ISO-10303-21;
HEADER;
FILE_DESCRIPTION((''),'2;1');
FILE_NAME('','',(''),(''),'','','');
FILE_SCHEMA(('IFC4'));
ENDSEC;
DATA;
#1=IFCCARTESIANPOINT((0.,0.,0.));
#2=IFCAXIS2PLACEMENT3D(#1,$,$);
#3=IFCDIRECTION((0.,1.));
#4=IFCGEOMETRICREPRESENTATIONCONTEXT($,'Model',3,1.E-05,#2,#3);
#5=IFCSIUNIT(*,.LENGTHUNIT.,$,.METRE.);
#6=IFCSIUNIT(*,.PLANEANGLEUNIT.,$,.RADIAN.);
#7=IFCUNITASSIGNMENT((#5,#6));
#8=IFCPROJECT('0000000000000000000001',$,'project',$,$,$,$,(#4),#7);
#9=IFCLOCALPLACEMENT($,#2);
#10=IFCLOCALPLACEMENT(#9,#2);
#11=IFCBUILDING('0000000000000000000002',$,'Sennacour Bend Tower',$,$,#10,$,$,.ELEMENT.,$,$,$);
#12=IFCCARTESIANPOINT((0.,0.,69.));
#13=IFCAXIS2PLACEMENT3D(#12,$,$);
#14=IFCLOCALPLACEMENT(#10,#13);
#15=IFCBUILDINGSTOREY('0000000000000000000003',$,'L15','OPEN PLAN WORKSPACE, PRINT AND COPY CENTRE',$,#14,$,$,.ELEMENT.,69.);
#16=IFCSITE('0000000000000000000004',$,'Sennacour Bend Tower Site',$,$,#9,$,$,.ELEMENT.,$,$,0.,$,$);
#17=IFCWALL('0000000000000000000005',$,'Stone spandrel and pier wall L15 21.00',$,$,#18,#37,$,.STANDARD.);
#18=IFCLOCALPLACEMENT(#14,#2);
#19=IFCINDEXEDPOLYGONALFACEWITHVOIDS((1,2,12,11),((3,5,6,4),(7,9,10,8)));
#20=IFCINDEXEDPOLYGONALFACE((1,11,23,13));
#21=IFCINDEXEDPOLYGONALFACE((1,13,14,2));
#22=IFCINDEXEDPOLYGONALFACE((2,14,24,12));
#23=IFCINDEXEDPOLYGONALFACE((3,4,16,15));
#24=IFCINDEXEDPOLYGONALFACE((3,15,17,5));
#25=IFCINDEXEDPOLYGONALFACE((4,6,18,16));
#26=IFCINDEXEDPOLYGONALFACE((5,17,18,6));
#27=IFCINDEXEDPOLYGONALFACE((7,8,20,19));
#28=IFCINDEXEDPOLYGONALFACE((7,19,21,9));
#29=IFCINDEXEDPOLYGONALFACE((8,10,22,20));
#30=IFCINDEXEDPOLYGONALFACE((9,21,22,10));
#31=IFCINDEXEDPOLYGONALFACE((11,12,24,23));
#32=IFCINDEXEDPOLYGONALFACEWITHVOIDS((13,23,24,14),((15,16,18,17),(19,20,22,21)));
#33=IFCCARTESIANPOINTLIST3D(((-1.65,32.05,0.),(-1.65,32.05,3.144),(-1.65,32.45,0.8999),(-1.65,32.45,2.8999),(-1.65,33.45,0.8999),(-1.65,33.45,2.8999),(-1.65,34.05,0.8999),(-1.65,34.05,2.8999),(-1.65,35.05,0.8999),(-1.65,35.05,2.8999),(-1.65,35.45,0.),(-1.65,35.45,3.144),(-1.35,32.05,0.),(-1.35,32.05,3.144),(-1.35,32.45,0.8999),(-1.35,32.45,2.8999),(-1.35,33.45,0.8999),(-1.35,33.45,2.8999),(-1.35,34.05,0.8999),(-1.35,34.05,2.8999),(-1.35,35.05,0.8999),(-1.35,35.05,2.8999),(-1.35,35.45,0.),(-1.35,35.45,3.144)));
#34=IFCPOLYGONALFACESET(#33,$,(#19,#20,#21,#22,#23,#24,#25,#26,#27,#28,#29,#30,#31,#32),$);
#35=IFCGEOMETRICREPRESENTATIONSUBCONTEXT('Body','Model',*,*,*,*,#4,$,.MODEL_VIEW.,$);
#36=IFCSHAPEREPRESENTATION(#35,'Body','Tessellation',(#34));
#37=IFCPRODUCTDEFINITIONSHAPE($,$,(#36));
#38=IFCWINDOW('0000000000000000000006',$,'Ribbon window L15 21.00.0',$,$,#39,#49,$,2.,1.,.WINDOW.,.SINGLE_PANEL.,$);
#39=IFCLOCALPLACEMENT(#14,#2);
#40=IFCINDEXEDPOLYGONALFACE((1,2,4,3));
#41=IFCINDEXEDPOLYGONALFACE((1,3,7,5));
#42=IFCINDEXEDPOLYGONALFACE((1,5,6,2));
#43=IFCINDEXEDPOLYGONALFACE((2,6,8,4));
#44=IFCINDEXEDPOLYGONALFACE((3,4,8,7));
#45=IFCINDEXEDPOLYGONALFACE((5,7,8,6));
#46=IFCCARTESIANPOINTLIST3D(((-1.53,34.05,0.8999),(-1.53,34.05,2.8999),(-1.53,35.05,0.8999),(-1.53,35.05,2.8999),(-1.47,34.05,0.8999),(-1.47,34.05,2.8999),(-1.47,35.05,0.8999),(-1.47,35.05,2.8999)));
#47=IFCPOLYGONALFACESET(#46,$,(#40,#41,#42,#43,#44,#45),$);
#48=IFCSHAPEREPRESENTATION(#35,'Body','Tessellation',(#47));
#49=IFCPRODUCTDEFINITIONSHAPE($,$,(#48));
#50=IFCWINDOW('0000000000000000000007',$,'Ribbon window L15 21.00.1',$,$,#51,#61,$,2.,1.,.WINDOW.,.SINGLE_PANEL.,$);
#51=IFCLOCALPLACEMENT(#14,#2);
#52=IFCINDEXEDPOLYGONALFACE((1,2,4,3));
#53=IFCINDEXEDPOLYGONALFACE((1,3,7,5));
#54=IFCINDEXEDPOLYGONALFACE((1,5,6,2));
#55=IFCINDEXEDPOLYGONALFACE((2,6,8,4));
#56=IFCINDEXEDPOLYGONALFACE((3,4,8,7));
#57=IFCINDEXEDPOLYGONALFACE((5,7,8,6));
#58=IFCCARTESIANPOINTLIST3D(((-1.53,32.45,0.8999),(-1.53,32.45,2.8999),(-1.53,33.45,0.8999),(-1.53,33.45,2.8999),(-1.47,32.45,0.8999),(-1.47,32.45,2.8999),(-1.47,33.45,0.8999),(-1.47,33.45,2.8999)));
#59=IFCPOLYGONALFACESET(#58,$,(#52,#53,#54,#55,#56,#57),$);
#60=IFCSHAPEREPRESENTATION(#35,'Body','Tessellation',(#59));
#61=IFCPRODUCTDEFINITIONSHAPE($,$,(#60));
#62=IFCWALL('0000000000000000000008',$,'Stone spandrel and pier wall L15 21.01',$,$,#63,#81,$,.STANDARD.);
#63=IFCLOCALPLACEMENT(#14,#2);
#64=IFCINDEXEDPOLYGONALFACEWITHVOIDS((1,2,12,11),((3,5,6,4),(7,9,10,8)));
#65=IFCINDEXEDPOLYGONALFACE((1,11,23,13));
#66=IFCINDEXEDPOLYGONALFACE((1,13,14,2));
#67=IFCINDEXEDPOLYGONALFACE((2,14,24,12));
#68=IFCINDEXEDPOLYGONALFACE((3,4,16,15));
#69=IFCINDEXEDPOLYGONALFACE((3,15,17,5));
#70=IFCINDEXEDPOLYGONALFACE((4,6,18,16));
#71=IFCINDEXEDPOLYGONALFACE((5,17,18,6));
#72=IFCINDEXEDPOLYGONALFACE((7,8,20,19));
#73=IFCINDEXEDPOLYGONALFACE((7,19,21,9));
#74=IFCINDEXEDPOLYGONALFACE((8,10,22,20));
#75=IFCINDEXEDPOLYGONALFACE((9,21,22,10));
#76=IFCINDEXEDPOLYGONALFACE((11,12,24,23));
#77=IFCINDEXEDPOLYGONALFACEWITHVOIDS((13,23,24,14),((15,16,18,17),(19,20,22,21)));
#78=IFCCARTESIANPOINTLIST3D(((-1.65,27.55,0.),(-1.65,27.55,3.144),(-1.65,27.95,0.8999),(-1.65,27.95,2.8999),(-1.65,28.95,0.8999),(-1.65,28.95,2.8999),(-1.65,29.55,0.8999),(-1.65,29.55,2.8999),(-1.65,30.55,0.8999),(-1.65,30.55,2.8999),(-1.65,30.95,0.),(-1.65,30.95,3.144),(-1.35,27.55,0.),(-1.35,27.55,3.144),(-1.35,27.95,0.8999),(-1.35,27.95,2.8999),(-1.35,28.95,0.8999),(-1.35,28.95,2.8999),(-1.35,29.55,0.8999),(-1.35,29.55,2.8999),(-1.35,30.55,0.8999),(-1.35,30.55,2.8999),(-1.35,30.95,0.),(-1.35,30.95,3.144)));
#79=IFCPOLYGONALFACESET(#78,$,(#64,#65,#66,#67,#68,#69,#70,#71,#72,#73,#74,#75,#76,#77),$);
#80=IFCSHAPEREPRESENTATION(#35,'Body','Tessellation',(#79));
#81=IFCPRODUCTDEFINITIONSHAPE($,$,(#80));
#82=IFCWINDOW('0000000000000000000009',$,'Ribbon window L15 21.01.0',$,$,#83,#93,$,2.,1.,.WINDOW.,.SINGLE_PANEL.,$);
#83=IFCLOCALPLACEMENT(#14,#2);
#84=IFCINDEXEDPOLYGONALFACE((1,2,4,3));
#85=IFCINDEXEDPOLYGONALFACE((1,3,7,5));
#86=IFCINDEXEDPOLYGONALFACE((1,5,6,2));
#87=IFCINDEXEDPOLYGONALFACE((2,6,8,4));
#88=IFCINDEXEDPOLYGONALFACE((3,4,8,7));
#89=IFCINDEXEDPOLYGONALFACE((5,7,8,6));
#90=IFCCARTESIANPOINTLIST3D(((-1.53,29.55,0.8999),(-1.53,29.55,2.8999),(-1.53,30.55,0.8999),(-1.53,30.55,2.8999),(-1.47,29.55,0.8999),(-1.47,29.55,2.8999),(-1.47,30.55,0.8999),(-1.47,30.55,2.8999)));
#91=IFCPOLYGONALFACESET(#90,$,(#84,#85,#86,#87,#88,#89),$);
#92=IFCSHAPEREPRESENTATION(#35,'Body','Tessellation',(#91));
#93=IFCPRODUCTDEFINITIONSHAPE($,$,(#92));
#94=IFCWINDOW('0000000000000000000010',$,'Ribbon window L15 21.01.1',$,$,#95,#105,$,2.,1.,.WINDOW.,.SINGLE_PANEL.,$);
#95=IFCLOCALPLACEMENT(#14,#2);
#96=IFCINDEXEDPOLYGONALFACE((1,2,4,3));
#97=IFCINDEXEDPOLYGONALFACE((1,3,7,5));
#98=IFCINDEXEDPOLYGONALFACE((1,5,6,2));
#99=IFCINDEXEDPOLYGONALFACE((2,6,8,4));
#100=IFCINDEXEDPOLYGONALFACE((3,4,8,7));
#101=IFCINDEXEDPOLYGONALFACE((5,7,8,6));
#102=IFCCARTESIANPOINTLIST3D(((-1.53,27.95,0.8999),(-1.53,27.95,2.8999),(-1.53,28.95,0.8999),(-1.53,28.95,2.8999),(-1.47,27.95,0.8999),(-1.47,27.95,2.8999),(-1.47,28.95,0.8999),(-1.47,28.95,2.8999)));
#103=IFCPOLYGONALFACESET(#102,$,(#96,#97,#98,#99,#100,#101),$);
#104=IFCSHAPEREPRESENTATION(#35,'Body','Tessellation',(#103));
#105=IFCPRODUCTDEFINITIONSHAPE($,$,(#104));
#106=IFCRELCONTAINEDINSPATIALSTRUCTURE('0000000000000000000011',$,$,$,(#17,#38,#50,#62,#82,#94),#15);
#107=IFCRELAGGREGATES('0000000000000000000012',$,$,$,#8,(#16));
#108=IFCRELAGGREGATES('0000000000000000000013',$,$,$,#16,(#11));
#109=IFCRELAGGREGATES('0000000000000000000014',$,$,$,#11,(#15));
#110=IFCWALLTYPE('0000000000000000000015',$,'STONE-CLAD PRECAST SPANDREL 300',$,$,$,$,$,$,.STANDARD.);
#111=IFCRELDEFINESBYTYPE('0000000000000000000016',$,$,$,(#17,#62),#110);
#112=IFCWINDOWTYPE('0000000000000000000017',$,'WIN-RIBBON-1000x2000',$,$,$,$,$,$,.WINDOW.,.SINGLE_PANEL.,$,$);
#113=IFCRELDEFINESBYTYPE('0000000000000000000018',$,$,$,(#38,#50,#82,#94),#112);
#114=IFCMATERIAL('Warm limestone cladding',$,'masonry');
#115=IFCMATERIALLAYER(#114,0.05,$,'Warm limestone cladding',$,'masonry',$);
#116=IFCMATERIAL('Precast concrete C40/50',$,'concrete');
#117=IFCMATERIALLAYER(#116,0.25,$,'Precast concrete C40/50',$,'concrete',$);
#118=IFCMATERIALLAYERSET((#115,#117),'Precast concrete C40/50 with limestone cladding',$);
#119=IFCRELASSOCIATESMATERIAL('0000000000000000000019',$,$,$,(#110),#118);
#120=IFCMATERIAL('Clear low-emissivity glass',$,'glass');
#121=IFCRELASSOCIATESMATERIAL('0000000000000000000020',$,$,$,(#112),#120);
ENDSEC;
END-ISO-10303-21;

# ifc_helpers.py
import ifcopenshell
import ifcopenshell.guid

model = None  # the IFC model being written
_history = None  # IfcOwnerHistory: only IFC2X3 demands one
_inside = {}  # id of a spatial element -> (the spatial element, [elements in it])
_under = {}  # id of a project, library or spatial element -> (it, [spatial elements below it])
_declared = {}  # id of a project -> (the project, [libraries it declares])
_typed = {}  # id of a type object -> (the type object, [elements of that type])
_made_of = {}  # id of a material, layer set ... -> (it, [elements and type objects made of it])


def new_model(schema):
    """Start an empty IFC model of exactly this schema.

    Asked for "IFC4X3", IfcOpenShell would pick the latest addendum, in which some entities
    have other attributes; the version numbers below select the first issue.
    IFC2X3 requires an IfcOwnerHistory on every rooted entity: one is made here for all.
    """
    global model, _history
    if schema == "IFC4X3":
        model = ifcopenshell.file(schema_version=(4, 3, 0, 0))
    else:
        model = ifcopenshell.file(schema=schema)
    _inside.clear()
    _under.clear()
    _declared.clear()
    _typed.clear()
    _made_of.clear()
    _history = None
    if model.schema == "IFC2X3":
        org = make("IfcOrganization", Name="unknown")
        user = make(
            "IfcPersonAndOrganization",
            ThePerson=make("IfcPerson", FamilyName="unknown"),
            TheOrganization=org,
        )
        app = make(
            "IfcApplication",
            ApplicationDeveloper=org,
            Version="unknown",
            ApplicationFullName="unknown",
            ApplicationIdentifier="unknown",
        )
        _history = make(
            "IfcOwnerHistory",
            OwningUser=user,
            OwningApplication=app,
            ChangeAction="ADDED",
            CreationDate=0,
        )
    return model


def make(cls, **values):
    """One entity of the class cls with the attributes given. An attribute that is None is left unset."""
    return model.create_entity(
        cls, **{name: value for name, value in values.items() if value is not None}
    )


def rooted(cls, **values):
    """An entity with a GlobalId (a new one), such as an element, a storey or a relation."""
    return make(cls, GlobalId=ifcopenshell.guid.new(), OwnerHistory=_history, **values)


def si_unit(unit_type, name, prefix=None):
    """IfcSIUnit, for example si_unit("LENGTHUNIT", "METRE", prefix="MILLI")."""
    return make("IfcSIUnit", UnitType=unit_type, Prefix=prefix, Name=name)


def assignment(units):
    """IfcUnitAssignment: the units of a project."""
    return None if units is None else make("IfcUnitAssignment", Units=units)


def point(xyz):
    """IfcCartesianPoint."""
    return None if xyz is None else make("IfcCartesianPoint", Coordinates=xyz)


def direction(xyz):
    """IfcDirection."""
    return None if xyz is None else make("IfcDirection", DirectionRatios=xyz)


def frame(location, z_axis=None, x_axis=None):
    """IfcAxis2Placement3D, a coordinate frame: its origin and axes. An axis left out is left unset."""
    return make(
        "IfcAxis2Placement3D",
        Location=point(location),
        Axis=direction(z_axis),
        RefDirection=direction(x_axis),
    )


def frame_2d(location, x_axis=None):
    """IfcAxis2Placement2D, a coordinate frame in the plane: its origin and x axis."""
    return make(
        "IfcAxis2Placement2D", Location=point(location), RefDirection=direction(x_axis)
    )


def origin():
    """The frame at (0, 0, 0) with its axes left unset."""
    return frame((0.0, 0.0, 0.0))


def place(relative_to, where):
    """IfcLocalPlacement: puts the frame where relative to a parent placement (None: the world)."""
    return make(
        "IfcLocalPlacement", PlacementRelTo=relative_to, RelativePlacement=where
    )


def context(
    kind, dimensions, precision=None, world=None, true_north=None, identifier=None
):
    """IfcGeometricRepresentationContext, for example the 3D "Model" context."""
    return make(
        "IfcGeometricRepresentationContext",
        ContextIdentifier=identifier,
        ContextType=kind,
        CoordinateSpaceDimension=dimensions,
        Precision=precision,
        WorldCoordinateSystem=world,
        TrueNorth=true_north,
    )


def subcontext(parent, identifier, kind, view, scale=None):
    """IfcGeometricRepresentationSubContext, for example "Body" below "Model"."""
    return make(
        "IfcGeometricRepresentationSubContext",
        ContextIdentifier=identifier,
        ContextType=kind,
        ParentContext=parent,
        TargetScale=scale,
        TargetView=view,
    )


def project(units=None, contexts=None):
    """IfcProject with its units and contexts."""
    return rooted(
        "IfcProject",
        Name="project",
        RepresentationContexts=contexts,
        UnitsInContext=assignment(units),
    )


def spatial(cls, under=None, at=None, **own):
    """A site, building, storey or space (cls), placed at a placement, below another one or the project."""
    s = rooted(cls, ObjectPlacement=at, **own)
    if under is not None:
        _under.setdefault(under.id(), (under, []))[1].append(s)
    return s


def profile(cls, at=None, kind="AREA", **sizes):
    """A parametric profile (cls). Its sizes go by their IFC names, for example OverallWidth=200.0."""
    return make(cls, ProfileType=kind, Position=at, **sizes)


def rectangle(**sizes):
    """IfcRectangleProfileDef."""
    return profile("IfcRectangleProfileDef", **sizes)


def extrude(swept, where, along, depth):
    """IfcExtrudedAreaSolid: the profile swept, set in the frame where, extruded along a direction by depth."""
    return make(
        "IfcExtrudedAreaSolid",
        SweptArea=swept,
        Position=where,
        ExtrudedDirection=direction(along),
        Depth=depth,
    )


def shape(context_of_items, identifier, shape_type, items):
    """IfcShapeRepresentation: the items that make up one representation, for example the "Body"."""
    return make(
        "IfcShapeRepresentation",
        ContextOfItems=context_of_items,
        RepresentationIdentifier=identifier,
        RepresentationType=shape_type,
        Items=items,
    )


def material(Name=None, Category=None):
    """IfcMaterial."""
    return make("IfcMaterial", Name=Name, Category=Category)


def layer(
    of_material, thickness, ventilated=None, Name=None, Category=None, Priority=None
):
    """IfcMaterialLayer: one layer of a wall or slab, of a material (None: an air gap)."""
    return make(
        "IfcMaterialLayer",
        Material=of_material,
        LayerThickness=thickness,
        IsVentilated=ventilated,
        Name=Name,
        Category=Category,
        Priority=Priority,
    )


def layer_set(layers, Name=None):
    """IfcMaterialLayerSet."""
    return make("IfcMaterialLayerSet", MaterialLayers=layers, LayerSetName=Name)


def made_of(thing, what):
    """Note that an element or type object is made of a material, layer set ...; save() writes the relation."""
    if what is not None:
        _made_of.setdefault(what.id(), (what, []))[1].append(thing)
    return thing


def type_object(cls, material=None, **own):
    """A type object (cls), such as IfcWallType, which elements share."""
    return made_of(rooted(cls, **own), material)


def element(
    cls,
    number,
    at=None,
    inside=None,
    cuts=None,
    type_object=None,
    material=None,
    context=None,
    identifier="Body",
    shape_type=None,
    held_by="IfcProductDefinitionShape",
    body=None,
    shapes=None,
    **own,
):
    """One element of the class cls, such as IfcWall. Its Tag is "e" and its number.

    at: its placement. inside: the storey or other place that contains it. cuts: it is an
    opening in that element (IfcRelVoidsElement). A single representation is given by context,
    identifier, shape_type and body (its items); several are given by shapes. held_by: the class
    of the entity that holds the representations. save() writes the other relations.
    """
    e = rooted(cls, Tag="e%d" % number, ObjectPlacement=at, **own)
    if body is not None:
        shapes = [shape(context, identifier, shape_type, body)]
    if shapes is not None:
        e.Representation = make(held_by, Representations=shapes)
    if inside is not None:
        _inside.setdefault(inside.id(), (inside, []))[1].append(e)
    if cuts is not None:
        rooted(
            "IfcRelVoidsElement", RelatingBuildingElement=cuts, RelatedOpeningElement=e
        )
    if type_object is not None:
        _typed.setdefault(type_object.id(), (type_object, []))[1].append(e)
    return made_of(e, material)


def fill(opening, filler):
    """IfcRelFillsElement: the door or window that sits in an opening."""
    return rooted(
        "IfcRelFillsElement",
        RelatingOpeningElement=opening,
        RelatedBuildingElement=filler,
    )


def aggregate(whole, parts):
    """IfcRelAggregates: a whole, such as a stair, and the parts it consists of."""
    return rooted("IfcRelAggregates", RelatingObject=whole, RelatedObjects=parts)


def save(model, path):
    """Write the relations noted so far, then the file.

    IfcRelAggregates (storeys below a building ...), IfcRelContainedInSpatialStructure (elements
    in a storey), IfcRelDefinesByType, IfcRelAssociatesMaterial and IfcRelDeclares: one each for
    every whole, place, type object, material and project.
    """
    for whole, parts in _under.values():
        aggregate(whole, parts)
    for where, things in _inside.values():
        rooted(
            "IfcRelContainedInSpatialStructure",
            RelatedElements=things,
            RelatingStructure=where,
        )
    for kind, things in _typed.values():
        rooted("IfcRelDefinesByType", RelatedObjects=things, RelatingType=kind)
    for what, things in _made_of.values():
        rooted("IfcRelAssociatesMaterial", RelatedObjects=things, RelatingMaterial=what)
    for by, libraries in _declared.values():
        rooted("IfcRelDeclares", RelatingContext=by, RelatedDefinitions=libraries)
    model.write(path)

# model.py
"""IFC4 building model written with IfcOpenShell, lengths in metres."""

from ifc_helpers import new_model, si_unit, direction, frame, frame_2d, origin, place, context, subcontext, project, spatial, rectangle, extrude, material, layer, layer_set, type_object, element, fill, save


model = new_model("IFC4")

# Units and contexts
model_context = context("Model", 3, precision=1e-05, world=origin(), true_north=direction((0.0, 1.0)))
body_context = subcontext(model_context, "Body", "Model", "MODEL_VIEW")
ifc_project = project(units=[si_unit("LENGTHUNIT", "METRE"), si_unit("PLANEANGLEUNIT", "RADIAN")], contexts=[model_context])

# Site, building, storey
site_placement = place(None, origin())
site = spatial("IfcSite", under=ifc_project, at=site_placement, Name="Sennacour Bend Tower Site", CompositionType="ELEMENT", RefElevation=0.0)
building_placement = place(site_placement, origin())
building = spatial("IfcBuilding", under=site, at=building_placement, Name="Sennacour Bend Tower", CompositionType="ELEMENT")
storey_placement = place(building_placement, frame((0.0, 0.0, 69.0)))
storey = spatial("IfcBuildingStorey", under=building, at=storey_placement, Name="L15", Description="OPEN PLAN WORKSPACE, PRINT AND COPY CENTRE", CompositionType="ELEMENT", Elevation=69.0)

# Shared definitions
ifc_material_1 = material(Name="Warm limestone cladding", Category="masonry")
ifc_layer_1 = layer(ifc_material_1, 0.05, Name="Warm limestone cladding", Category="masonry")
ifc_material_2 = material(Name="Precast concrete C40/50", Category="concrete")
ifc_layer_2 = layer(ifc_material_2, 0.25, Name="Precast concrete C40/50", Category="concrete")
ifc_layer_set_1 = layer_set([ifc_layer_1, ifc_layer_2], Name="Precast concrete C40/50 with limestone cladding")
wall_type_1 = type_object("IfcWallType", Name="STONE-CLAD PRECAST SPANDREL 300", PredefinedType="STANDARD", material=ifc_layer_set_1)

# Walls, openings, windows
wall_1_placement = place(storey_placement, frame((-1.5, 35.45, 0.0), z_axis=(0.0, 0.0, 1.0), x_axis=(0.0, -1.0, 0.0)))
wall_1 = element("IfcWall", 1, at=wall_1_placement, inside=storey, type_object=wall_type_1, Name="Stone spandrel and pier wall L15 21.00", PredefinedType="STANDARD", context=body_context, shape_type="SweptSolid", body=[
    extrude(rectangle(XDim=3.3999, YDim=0.3, at=frame_2d((1.7, 0.0))), origin(), (0.0, 0.0, 1.0), 3.144),
])
opening_1_placement = place(wall_1_placement, frame((0.3999, 0.0, 0.8999)))
opening_1 = element("IfcOpeningElement", 2, at=opening_1_placement, cuts=wall_1, PredefinedType="OPENING", context=body_context, shape_type="SweptSolid", body=[
    extrude(rectangle(XDim=1.0, YDim=2.0, at=frame_2d((0.5, 1.0))), frame((0.0, 0.1602, 0.0), z_axis=(0.0, -1.0, 0.0), x_axis=(1.0, 0.0, 0.0)), (0.0, 0.0, 1.0), 0.3201),
])
opening_2_placement = place(wall_1_placement, frame((2.0, 0.0, 0.8999)))
opening_2 = element("IfcOpeningElement", 3, at=opening_2_placement, cuts=wall_1, PredefinedType="OPENING", context=body_context, shape_type="SweptSolid", body=[
    extrude(rectangle(XDim=1.0, YDim=2.0, at=frame_2d((0.5, 1.0))), frame((0.0, 0.1602, 0.0), z_axis=(0.0, -1.0, 0.0), x_axis=(1.0, 0.0, 0.0)), (0.0, 0.0, 1.0), 0.3201),
])
ifc_material_3 = material(Name="Clear low-emissivity glass", Category="glass")
window_type = type_object("IfcWindowType", Name="WIN-RIBBON-1000x2000", PartitioningType="SINGLE_PANEL", PredefinedType="WINDOW", material=ifc_material_3)
window_1_placement = place(opening_1_placement, origin())
window_1 = element("IfcWindow", 4, at=window_1_placement, inside=storey, type_object=window_type, Name="Ribbon window L15 21.00.0", OverallHeight=2.0, OverallWidth=1.0, PartitioningType="SINGLE_PANEL", PredefinedType="WINDOW", context=body_context, shape_type="SweptSolid", body=[
    extrude(rectangle(XDim=1.0, YDim=2.0, at=frame_2d((0.5, 1.0))), frame((0.0, 0.03, 0.0), z_axis=(0.0, -1.0, 0.0), x_axis=(1.0, 0.0, 0.0)), (0.0, 0.0, 1.0), 0.0601),
])
fill(opening_1, window_1)
window_2_placement = place(opening_2_placement, origin())
window_2 = element("IfcWindow", 5, at=window_2_placement, inside=storey, type_object=window_type, Name="Ribbon window L15 21.00.1", OverallHeight=2.0, OverallWidth=1.0, PartitioningType="SINGLE_PANEL", PredefinedType="WINDOW", context=body_context, shape_type="SweptSolid", body=[
    extrude(rectangle(XDim=1.0, YDim=2.0, at=frame_2d((0.5, 1.0))), frame((0.0, 0.03, 0.0), z_axis=(0.0, -1.0, 0.0), x_axis=(1.0, 0.0, 0.0)), (0.0, 0.0, 1.0), 0.0601),
])
fill(opening_2, window_2)
wall_2_placement = place(storey_placement, frame((-1.5, 30.95, 0.0), z_axis=(0.0, 0.0, 1.0), x_axis=(0.0, -1.0, 0.0)))
wall_2 = element("IfcWall", 6, at=wall_2_placement, inside=storey, type_object=wall_type_1, Name="Stone spandrel and pier wall L15 21.01", PredefinedType="STANDARD", context=body_context, shape_type="SweptSolid", body=[
    extrude(rectangle(XDim=3.3999, YDim=0.3, at=frame_2d((1.7, 0.0))), origin(), (0.0, 0.0, 1.0), 3.144),
])
opening_3_placement = place(wall_2_placement, frame((0.3999, 0.0, 0.8999)))
opening_3 = element("IfcOpeningElement", 7, at=opening_3_placement, cuts=wall_2, PredefinedType="OPENING", context=body_context, shape_type="SweptSolid", body=[
    extrude(rectangle(XDim=1.0, YDim=2.0, at=frame_2d((0.5, 1.0))), frame((0.0, 0.1602, 0.0), z_axis=(0.0, -1.0, 0.0), x_axis=(1.0, 0.0, 0.0)), (0.0, 0.0, 1.0), 0.3201),
])
opening_4_placement = place(wall_2_placement, frame((2.0, 0.0, 0.8999)))
opening_4 = element("IfcOpeningElement", 8, at=opening_4_placement, cuts=wall_2, PredefinedType="OPENING", context=body_context, shape_type="SweptSolid", body=[
    extrude(rectangle(XDim=1.0, YDim=2.0, at=frame_2d((0.5, 1.0))), frame((0.0, 0.1602, 0.0), z_axis=(0.0, -1.0, 0.0), x_axis=(1.0, 0.0, 0.0)), (0.0, 0.0, 1.0), 0.3201),
])
window_3_placement = place(opening_3_placement, origin())
window_3 = element("IfcWindow", 9, at=window_3_placement, inside=storey, type_object=window_type, Name="Ribbon window L15 21.01.0", OverallHeight=2.0, OverallWidth=1.0, PartitioningType="SINGLE_PANEL", PredefinedType="WINDOW", context=body_context, shape_type="SweptSolid", body=[
    extrude(rectangle(XDim=1.0, YDim=2.0, at=frame_2d((0.5, 1.0))), frame((0.0, 0.03, 0.0), z_axis=(0.0, -1.0, 0.0), x_axis=(1.0, 0.0, 0.0)), (0.0, 0.0, 1.0), 0.0601),
])
fill(opening_3, window_3)
window_4_placement = place(opening_4_placement, origin())
window_4 = element("IfcWindow", 10, at=window_4_placement, inside=storey, type_object=window_type, Name="Ribbon window L15 21.01.1", OverallHeight=2.0, OverallWidth=1.0, PartitioningType="SINGLE_PANEL", PredefinedType="WINDOW", context=body_context, shape_type="SweptSolid", body=[
    extrude(rectangle(XDim=1.0, YDim=2.0, at=frame_2d((0.5, 1.0))), frame((0.0, 0.03, 0.0), z_axis=(0.0, -1.0, 0.0), x_axis=(1.0, 0.0, 0.0)), (0.0, 0.0, 1.0), 0.0601),
])
fill(opening_4, window_4)

save(model, "model.ifc")
